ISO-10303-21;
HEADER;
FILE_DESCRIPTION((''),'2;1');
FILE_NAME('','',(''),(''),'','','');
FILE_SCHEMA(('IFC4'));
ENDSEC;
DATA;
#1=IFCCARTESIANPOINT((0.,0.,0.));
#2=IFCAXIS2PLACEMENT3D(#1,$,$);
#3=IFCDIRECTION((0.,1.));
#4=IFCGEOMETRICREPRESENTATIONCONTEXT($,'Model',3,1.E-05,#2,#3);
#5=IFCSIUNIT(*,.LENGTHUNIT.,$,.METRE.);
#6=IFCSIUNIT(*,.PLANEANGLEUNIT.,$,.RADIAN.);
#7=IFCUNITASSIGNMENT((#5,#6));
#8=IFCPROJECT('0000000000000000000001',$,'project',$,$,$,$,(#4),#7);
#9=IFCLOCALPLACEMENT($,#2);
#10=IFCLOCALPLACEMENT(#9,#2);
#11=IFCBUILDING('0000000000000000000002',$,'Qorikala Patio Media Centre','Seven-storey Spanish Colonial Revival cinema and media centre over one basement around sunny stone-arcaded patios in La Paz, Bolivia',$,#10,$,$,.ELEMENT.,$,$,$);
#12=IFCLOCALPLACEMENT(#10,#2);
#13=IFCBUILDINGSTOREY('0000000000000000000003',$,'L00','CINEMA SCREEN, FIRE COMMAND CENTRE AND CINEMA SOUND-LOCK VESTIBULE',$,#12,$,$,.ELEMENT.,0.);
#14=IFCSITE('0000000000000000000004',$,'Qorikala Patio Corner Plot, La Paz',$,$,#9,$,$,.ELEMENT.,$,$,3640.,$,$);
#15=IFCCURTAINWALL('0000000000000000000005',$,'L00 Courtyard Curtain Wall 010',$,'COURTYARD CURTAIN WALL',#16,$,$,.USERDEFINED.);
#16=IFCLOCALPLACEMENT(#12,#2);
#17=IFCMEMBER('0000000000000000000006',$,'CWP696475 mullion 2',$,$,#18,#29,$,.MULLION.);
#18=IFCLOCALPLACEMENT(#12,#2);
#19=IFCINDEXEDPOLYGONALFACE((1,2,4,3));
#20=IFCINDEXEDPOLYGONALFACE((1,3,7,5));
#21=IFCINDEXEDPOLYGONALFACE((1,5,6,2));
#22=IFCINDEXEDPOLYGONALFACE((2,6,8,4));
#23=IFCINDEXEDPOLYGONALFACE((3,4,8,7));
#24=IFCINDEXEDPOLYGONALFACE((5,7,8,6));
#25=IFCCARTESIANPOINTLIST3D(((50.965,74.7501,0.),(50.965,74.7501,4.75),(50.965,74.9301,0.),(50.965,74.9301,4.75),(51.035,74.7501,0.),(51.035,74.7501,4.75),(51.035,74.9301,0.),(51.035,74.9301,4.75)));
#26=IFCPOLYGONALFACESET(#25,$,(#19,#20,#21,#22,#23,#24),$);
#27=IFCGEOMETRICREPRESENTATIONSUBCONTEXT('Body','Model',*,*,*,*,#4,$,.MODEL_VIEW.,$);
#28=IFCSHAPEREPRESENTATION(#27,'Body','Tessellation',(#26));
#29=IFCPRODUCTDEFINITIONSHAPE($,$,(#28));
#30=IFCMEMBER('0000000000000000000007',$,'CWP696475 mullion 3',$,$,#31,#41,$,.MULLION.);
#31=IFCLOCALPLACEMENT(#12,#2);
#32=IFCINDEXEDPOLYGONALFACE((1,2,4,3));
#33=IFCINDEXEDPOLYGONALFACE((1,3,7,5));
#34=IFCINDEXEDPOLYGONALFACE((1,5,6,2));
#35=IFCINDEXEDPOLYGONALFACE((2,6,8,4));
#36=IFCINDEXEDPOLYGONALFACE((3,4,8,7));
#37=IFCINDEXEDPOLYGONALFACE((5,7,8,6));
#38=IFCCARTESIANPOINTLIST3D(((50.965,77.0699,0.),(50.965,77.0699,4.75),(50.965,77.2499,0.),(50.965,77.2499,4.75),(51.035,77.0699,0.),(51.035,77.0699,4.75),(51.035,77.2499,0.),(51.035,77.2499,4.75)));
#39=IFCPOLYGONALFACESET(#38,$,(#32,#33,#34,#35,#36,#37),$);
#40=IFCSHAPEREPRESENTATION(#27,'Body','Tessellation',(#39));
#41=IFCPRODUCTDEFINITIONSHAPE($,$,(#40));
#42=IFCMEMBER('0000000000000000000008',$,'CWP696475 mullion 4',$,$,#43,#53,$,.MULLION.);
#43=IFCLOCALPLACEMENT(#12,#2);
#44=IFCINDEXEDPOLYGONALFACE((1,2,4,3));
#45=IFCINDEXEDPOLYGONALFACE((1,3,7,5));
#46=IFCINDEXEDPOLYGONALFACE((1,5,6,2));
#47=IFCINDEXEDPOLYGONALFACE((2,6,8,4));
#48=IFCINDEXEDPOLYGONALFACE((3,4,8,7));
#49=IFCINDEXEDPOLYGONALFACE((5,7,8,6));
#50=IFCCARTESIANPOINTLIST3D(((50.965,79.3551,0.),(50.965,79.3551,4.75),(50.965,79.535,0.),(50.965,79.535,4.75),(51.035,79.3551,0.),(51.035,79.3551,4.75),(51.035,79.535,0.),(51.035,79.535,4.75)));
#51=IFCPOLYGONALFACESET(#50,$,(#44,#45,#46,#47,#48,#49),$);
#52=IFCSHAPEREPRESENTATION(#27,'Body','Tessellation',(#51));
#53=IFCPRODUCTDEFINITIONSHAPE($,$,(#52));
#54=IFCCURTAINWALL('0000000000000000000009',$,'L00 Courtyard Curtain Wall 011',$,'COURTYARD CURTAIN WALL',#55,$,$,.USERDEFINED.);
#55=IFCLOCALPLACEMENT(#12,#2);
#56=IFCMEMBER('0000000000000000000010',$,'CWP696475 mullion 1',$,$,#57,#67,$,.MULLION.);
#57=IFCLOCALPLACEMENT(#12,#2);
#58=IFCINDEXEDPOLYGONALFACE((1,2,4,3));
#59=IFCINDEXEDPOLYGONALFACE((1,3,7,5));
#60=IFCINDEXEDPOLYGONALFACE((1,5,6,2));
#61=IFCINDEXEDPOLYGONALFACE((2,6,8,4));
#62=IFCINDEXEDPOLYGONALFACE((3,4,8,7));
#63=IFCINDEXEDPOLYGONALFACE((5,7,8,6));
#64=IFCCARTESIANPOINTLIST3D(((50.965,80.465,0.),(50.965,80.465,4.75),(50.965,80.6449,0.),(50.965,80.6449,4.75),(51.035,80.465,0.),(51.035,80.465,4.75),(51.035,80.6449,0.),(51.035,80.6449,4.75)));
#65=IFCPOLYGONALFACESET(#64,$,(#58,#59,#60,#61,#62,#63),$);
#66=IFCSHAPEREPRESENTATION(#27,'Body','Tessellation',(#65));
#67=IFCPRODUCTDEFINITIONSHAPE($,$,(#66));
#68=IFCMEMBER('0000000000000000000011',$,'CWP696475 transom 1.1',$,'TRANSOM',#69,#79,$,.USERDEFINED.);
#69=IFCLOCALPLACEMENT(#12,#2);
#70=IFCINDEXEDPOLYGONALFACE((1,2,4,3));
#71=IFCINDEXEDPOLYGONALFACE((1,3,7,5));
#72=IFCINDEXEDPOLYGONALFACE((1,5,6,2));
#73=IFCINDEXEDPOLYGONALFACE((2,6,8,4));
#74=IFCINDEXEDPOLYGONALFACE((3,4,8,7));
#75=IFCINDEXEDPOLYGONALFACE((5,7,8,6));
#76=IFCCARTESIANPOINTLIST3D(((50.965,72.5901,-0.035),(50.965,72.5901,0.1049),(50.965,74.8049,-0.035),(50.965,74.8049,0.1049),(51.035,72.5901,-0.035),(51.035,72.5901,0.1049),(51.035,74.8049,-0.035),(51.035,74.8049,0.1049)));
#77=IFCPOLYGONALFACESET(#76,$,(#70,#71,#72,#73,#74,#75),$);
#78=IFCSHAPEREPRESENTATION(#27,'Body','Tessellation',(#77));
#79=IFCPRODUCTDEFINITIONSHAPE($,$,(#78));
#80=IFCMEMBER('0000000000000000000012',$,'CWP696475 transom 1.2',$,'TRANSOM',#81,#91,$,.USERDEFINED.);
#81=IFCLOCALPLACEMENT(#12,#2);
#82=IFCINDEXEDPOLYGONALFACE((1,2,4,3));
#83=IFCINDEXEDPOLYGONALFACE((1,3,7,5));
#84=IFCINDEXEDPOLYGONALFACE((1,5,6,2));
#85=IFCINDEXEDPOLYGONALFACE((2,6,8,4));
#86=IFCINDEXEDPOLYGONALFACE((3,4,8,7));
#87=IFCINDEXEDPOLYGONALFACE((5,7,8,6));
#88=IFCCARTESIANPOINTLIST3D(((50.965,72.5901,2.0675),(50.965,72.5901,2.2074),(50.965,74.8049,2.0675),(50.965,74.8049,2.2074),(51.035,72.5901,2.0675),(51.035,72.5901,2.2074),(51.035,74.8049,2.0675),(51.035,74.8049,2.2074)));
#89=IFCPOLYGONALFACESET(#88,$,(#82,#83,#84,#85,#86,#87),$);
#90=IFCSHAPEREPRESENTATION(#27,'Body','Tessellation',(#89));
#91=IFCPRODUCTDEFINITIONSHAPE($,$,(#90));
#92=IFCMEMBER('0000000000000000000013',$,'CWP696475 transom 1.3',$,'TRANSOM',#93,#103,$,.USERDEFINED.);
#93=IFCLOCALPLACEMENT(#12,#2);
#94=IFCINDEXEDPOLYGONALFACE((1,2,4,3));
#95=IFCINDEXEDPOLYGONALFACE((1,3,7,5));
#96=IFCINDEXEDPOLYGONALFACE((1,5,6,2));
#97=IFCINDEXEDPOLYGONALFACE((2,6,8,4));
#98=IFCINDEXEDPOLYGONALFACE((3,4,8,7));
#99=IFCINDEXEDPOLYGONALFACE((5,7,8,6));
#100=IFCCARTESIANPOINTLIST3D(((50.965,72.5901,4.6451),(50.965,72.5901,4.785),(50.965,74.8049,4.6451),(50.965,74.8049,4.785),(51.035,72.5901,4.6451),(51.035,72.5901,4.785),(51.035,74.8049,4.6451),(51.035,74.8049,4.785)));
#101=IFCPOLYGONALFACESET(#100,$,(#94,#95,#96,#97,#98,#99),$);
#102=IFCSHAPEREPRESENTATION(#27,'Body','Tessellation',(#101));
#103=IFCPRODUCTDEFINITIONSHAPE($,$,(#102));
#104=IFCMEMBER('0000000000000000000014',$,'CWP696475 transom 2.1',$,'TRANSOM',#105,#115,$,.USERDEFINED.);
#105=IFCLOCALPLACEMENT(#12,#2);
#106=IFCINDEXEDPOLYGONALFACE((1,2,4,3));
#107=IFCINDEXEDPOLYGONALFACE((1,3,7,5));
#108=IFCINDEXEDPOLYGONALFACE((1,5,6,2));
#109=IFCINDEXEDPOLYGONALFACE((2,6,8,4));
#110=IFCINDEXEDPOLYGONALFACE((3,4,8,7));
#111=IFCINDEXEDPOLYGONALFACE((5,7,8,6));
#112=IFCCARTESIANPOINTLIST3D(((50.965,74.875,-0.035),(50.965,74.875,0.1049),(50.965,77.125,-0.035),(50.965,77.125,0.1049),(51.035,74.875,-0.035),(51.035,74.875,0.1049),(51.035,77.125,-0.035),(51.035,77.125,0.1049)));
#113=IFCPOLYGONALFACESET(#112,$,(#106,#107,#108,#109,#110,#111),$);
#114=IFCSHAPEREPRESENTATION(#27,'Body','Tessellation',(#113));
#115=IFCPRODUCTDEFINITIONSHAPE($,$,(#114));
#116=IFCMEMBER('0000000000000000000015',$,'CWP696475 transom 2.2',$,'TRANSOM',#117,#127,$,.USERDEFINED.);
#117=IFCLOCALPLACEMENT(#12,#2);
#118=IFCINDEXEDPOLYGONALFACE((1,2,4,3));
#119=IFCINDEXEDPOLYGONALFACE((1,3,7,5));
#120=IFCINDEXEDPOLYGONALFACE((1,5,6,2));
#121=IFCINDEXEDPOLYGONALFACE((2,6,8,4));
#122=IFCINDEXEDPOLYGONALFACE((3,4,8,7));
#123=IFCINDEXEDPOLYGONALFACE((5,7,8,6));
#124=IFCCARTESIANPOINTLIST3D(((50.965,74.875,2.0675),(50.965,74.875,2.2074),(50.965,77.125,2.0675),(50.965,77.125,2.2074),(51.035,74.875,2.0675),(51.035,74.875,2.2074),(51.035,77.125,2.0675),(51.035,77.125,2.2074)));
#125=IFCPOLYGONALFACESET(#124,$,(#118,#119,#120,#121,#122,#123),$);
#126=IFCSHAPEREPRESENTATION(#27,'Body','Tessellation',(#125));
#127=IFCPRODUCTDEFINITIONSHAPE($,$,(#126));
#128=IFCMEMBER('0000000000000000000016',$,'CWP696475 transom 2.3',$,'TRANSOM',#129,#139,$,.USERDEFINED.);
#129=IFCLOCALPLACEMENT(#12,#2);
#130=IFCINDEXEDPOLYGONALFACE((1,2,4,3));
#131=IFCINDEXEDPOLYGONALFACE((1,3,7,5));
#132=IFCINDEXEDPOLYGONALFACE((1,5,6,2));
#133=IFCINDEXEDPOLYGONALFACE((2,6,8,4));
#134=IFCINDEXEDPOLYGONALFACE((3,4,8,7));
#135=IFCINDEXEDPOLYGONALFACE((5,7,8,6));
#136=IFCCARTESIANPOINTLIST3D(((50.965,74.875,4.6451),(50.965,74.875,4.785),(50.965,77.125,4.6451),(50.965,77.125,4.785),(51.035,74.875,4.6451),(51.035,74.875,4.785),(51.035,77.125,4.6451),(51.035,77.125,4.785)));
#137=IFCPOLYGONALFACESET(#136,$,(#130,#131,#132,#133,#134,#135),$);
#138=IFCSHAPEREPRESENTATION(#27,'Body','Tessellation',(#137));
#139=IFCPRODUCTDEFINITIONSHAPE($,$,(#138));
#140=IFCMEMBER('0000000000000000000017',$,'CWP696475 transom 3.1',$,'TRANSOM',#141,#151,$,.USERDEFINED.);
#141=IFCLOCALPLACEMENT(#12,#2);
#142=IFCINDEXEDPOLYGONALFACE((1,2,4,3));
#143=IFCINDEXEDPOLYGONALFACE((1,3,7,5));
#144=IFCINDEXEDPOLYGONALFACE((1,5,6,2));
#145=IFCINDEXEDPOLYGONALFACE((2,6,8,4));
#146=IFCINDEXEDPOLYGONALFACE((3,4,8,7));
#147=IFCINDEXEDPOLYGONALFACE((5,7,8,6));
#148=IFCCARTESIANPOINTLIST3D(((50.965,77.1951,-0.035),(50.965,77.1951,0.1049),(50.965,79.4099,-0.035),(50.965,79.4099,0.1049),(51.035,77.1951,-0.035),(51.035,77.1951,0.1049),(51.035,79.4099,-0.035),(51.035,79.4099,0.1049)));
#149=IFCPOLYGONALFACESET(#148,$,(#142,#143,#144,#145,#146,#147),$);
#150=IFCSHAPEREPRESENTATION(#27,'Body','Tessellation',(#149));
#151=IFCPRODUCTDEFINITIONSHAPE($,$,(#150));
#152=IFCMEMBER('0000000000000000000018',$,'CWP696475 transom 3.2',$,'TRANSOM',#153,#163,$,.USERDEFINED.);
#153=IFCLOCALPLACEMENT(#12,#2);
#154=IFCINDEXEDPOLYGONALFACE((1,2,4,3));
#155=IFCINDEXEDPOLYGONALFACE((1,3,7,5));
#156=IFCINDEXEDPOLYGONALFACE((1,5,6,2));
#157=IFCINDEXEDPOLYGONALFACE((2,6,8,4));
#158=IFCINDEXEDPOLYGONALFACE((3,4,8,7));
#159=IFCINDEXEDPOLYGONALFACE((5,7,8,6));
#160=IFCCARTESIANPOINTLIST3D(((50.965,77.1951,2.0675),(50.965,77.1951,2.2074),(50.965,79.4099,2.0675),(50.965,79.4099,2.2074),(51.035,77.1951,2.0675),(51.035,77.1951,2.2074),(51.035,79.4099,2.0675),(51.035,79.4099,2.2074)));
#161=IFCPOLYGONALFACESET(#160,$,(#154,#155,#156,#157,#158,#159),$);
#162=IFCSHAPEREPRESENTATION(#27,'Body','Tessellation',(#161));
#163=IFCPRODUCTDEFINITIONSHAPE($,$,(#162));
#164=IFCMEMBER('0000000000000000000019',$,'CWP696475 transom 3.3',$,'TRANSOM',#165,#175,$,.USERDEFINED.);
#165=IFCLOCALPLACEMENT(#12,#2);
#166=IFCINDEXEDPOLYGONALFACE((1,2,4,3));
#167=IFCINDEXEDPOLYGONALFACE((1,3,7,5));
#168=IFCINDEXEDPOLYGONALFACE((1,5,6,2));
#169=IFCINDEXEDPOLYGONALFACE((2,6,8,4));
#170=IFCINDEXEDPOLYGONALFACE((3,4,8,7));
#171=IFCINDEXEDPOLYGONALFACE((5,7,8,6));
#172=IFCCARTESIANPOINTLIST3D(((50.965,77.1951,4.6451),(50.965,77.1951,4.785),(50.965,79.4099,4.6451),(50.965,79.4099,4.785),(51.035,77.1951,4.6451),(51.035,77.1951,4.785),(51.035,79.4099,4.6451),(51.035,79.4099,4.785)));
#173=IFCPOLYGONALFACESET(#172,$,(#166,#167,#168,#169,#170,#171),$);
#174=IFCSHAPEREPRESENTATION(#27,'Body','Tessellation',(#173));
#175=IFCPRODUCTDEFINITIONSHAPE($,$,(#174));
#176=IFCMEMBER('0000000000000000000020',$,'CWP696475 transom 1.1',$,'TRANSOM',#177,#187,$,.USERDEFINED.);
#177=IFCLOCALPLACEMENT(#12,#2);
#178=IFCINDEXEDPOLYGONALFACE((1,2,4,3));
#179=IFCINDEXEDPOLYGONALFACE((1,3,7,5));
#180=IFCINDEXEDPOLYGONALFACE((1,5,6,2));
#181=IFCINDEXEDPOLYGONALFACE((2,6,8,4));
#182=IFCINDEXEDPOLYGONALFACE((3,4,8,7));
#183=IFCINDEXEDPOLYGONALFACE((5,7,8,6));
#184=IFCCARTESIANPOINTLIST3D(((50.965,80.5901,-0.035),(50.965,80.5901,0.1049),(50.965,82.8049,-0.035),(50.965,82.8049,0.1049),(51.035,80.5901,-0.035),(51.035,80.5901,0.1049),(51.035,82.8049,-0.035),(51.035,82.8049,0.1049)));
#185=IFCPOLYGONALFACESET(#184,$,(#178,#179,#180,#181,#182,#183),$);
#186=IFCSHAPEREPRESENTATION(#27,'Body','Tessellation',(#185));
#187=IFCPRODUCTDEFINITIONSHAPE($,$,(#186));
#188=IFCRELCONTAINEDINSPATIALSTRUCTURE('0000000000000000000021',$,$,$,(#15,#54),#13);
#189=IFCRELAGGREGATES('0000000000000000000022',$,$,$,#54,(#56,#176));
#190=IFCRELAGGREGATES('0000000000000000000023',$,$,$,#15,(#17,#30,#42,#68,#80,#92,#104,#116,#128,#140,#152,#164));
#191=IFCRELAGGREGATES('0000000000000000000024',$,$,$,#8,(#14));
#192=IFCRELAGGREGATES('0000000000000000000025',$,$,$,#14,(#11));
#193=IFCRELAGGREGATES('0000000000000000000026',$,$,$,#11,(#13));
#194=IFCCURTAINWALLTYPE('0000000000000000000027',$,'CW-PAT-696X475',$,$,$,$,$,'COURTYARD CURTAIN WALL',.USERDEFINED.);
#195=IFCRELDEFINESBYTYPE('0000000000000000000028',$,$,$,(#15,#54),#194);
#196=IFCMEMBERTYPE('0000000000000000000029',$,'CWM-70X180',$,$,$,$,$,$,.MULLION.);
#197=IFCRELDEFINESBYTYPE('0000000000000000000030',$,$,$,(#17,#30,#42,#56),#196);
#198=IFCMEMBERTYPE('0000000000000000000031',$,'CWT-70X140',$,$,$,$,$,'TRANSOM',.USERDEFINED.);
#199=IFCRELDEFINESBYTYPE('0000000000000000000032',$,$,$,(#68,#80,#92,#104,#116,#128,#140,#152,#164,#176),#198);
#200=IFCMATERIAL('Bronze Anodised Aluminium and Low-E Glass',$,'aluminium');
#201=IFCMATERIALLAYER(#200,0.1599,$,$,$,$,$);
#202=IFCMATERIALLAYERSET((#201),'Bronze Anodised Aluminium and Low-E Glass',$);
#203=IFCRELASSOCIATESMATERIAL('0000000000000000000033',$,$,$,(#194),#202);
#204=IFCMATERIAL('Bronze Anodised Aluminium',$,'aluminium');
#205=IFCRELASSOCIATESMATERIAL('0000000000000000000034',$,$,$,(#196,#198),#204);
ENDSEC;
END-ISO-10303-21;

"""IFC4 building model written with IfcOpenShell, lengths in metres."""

from ifc_helpers import new_model, si_unit, direction, frame, origin, origin_2d, place, context, subcontext, project, spatial, rectangle, extrude, material, layer, layer_set, material_profile, profile_set, type_object, element, aggregate, save


model = new_model("IFC4")

# Units and contexts
model_context = context("Model", 3, precision=1e-05, world=origin(), true_north=direction((0.0, 1.0)))
body_context = subcontext(model_context, "Body", "Model", "MODEL_VIEW")
ifc_project = project(units=[si_unit("LENGTHUNIT", "METRE"), si_unit("PLANEANGLEUNIT", "RADIAN")], contexts=[model_context])

# Site, building, storey
site_placement = place(None, origin())
site = spatial("IfcSite", under=ifc_project, at=site_placement, Name="Qorikala Patio Corner Plot, La Paz", CompositionType="ELEMENT", RefElevation=3640.0)
building_placement = place(site_placement, origin())
building = spatial("IfcBuilding", under=site, at=building_placement, Name="Qorikala Patio Media Centre", Description="Seven-storey Spanish Colonial Revival cinema and media centre over one basement around sunny stone-arcaded patios in La Paz, Bolivia", CompositionType="ELEMENT")
storey_placement = place(building_placement, origin())
storey = spatial("IfcBuildingStorey", under=building, at=storey_placement, Name="L00", Description="CINEMA SCREEN, FIRE COMMAND CENTRE AND CINEMA SOUND-LOCK VESTIBULE", CompositionType="ELEMENT", Elevation=0.0)

# Curtain wall, members
ifc_material_1 = material(Name="Bronze Anodised Aluminium and Low-E Glass", Category="aluminium")
ifc_layer_1 = layer(ifc_material_1, 0.1599)
ifc_layer_set_1 = layer_set([ifc_layer_1], Name="Bronze Anodised Aluminium and Low-E Glass")
curtain_wall_type = type_object("IfcCurtainWallType", Name="CW-PAT-696X475", ElementType="COURTYARD CURTAIN WALL", PredefinedType="USERDEFINED", material=ifc_layer_set_1)
curtain_wall_1_placement = place(storey_placement, origin())
curtain_wall_1 = element("IfcCurtainWall", 1, at=curtain_wall_1_placement, inside=storey, type_object=curtain_wall_type, Name="L00 Courtyard Curtain Wall 010", ObjectType="COURTYARD CURTAIN WALL", PredefinedType="USERDEFINED")
ifc_material_2 = material(Name="Bronze Anodised Aluminium", Category="aluminium")
ifc_material_profile_1 = material_profile(ifc_material_2, rectangle(XDim=0.0701, YDim=0.1799, at=origin_2d()), Name="ALU MULLION 70x180")
ifc_profile_set_1 = profile_set([ifc_material_profile_1], Name="Bronze Anodised Aluminium")
member_type_1 = type_object("IfcMemberType", Name="CWM-70X180", PredefinedType="MULLION", material=ifc_profile_set_1)
member_1_placement = place(storey_placement, frame((51.0, 74.8401, 0.0), z_axis=(0.0, 0.0, 1.0), x_axis=(-1.0, 0.0, 0.0)))
member_1 = element("IfcMember", 2, at=member_1_placement, type_object=member_type_1, Name="CWP696475 mullion 2", PredefinedType="MULLION", context=body_context, shape_type="SweptSolid", body=[
    extrude(rectangle(XDim=0.0701, YDim=0.1799, at=origin_2d()), origin(), (0.0, 0.0, 1.0), 4.75),
])
member_2_placement = place(storey_placement, frame((51.0, 77.1599, 0.0), z_axis=(0.0, 0.0, 1.0), x_axis=(-1.0, 0.0, 0.0)))
member_2 = element("IfcMember", 3, at=member_2_placement, type_object=member_type_1, Name="CWP696475 mullion 3", PredefinedType="MULLION", context=body_context, shape_type="SweptSolid", body=[
    extrude(rectangle(XDim=0.0701, YDim=0.1799, at=origin_2d()), origin(), (0.0, 0.0, 1.0), 4.75),
])
member_3_placement = place(storey_placement, frame((51.0, 79.4451, 0.0), z_axis=(0.0, 0.0, 1.0), x_axis=(-1.0, 0.0, 0.0)))
member_3 = element("IfcMember", 4, at=member_3_placement, type_object=member_type_1, Name="CWP696475 mullion 4", PredefinedType="MULLION", context=body_context, shape_type="SweptSolid", body=[
    extrude(rectangle(XDim=0.0701, YDim=0.1799, at=origin_2d()), origin(), (0.0, 0.0, 1.0), 4.75),
])

# Curtain wall, member
curtain_wall_2_placement = place(storey_placement, origin())
curtain_wall_2 = element("IfcCurtainWall", 5, at=curtain_wall_2_placement, inside=storey, type_object=curtain_wall_type, Name="L00 Courtyard Curtain Wall 011", ObjectType="COURTYARD CURTAIN WALL", PredefinedType="USERDEFINED")
member_4_placement = place(storey_placement, frame((51.0, 80.5549, 0.0), z_axis=(0.0, 0.0, 1.0), x_axis=(-1.0, 0.0, 0.0)))
member_4 = element("IfcMember", 6, at=member_4_placement, type_object=member_type_1, Name="CWP696475 mullion 1", PredefinedType="MULLION", context=body_context, shape_type="SweptSolid", body=[
    extrude(rectangle(XDim=0.0701, YDim=0.1799, at=origin_2d()), origin(), (0.0, 0.0, 1.0), 4.75),
])

# Members
ifc_material_profile_2 = material_profile(ifc_material_2, rectangle(XDim=0.0701, YDim=0.1399, at=origin_2d()), Name="ALU TRANSOM 70x140")
ifc_profile_set_2 = profile_set([ifc_material_profile_2], Name="Bronze Anodised Aluminium")
member_type_2 = type_object("IfcMemberType", Name="CWT-70X140", ElementType="TRANSOM", PredefinedType="USERDEFINED", material=ifc_profile_set_2)
member_5_placement = place(storey_placement, frame((51.0, 72.5901, 0.0349), z_axis=(0.0, 1.0, 0.0), x_axis=(-1.0, 0.0, 0.0)))
member_5 = element("IfcMember", 7, at=member_5_placement, type_object=member_type_2, Name="CWP696475 transom 1.1", ObjectType="TRANSOM", PredefinedType="USERDEFINED", context=body_context, shape_type="SweptSolid", body=[
    extrude(rectangle(XDim=0.0701, YDim=0.1399, at=origin_2d()), origin(), (0.0, 0.0, 1.0), 2.2148),
])
member_6_placement = place(storey_placement, frame((51.0, 72.5901, 2.1375), z_axis=(0.0, 1.0, 0.0), x_axis=(-1.0, 0.0, 0.0)))
member_6 = element("IfcMember", 8, at=member_6_placement, type_object=member_type_2, Name="CWP696475 transom 1.2", ObjectType="TRANSOM", PredefinedType="USERDEFINED", context=body_context, shape_type="SweptSolid", body=[
    extrude(rectangle(XDim=0.0701, YDim=0.1399, at=origin_2d()), origin(), (0.0, 0.0, 1.0), 2.2148),
])
member_7_placement = place(storey_placement, frame((51.0, 72.5901, 4.7151), z_axis=(0.0, 1.0, 0.0), x_axis=(-1.0, 0.0, 0.0)))
member_7 = element("IfcMember", 9, at=member_7_placement, type_object=member_type_2, Name="CWP696475 transom 1.3", ObjectType="TRANSOM", PredefinedType="USERDEFINED", context=body_context, shape_type="SweptSolid", body=[
    extrude(rectangle(XDim=0.0701, YDim=0.1399, at=origin_2d()), origin(), (0.0, 0.0, 1.0), 2.2148),
])
member_8_placement = place(storey_placement, frame((51.0, 74.875, 0.0349), z_axis=(0.0, 1.0, 0.0), x_axis=(-1.0, 0.0, 0.0)))
member_8 = element("IfcMember", 10, at=member_8_placement, type_object=member_type_2, Name="CWP696475 transom 2.1", ObjectType="TRANSOM", PredefinedType="USERDEFINED", context=body_context, shape_type="SweptSolid", body=[
    extrude(rectangle(XDim=0.0701, YDim=0.1399, at=origin_2d()), origin(), (0.0, 0.0, 1.0), 2.25),
])
member_9_placement = place(storey_placement, frame((51.0, 74.875, 2.1375), z_axis=(0.0, 1.0, 0.0), x_axis=(-1.0, 0.0, 0.0)))
member_9 = element("IfcMember", 11, at=member_9_placement, type_object=member_type_2, Name="CWP696475 transom 2.2", ObjectType="TRANSOM", PredefinedType="USERDEFINED", context=body_context, shape_type="SweptSolid", body=[
    extrude(rectangle(XDim=0.0701, YDim=0.1399, at=origin_2d()), origin(), (0.0, 0.0, 1.0), 2.25),
])
member_10_placement = place(storey_placement, frame((51.0, 74.875, 4.7151), z_axis=(0.0, 1.0, 0.0), x_axis=(-1.0, 0.0, 0.0)))
member_10 = element("IfcMember", 12, at=member_10_placement, type_object=member_type_2, Name="CWP696475 transom 2.3", ObjectType="TRANSOM", PredefinedType="USERDEFINED", context=body_context, shape_type="SweptSolid", body=[
    extrude(rectangle(XDim=0.0701, YDim=0.1399, at=origin_2d()), origin(), (0.0, 0.0, 1.0), 2.25),
])
member_11_placement = place(storey_placement, frame((51.0, 77.1951, 0.0349), z_axis=(0.0, 1.0, 0.0), x_axis=(-1.0, 0.0, 0.0)))
member_11 = element("IfcMember", 13, at=member_11_placement, type_object=member_type_2, Name="CWP696475 transom 3.1", ObjectType="TRANSOM", PredefinedType="USERDEFINED", context=body_context, shape_type="SweptSolid", body=[
    extrude(rectangle(XDim=0.0701, YDim=0.1399, at=origin_2d()), origin(), (0.0, 0.0, 1.0), 2.2148),
])
member_12_placement = place(storey_placement, frame((51.0, 77.1951, 2.1375), z_axis=(0.0, 1.0, 0.0), x_axis=(-1.0, 0.0, 0.0)))
member_12 = element("IfcMember", 14, at=member_12_placement, type_object=member_type_2, Name="CWP696475 transom 3.2", ObjectType="TRANSOM", PredefinedType="USERDEFINED", context=body_context, shape_type="SweptSolid", body=[
    extrude(rectangle(XDim=0.0701, YDim=0.1399, at=origin_2d()), origin(), (0.0, 0.0, 1.0), 2.2148),
])
member_13_placement = place(storey_placement, frame((51.0, 77.1951, 4.7151), z_axis=(0.0, 1.0, 0.0), x_axis=(-1.0, 0.0, 0.0)))
member_13 = element("IfcMember", 15, at=member_13_placement, type_object=member_type_2, Name="CWP696475 transom 3.3", ObjectType="TRANSOM", PredefinedType="USERDEFINED", context=body_context, shape_type="SweptSolid", body=[
    extrude(rectangle(XDim=0.0701, YDim=0.1399, at=origin_2d()), origin(), (0.0, 0.0, 1.0), 2.2148),
])
member_14_placement = place(storey_placement, frame((51.0, 80.5901, 0.0349), z_axis=(0.0, 1.0, 0.0), x_axis=(-1.0, 0.0, 0.0)))
member_14 = element("IfcMember", 16, at=member_14_placement, type_object=member_type_2, Name="CWP696475 transom 1.1", ObjectType="TRANSOM", PredefinedType="USERDEFINED", context=body_context, shape_type="SweptSolid", body=[
    extrude(rectangle(XDim=0.0701, YDim=0.1399, at=origin_2d()), origin(), (0.0, 0.0, 1.0), 2.2148),
])
aggregate(curtain_wall_2, [member_4, member_14])

aggregate(curtain_wall_1, [member_1, member_2, member_3, member_5, member_6, member_7, member_8, member_9, member_10, member_11, member_12, member_13])

save(model, "model.ifc")
